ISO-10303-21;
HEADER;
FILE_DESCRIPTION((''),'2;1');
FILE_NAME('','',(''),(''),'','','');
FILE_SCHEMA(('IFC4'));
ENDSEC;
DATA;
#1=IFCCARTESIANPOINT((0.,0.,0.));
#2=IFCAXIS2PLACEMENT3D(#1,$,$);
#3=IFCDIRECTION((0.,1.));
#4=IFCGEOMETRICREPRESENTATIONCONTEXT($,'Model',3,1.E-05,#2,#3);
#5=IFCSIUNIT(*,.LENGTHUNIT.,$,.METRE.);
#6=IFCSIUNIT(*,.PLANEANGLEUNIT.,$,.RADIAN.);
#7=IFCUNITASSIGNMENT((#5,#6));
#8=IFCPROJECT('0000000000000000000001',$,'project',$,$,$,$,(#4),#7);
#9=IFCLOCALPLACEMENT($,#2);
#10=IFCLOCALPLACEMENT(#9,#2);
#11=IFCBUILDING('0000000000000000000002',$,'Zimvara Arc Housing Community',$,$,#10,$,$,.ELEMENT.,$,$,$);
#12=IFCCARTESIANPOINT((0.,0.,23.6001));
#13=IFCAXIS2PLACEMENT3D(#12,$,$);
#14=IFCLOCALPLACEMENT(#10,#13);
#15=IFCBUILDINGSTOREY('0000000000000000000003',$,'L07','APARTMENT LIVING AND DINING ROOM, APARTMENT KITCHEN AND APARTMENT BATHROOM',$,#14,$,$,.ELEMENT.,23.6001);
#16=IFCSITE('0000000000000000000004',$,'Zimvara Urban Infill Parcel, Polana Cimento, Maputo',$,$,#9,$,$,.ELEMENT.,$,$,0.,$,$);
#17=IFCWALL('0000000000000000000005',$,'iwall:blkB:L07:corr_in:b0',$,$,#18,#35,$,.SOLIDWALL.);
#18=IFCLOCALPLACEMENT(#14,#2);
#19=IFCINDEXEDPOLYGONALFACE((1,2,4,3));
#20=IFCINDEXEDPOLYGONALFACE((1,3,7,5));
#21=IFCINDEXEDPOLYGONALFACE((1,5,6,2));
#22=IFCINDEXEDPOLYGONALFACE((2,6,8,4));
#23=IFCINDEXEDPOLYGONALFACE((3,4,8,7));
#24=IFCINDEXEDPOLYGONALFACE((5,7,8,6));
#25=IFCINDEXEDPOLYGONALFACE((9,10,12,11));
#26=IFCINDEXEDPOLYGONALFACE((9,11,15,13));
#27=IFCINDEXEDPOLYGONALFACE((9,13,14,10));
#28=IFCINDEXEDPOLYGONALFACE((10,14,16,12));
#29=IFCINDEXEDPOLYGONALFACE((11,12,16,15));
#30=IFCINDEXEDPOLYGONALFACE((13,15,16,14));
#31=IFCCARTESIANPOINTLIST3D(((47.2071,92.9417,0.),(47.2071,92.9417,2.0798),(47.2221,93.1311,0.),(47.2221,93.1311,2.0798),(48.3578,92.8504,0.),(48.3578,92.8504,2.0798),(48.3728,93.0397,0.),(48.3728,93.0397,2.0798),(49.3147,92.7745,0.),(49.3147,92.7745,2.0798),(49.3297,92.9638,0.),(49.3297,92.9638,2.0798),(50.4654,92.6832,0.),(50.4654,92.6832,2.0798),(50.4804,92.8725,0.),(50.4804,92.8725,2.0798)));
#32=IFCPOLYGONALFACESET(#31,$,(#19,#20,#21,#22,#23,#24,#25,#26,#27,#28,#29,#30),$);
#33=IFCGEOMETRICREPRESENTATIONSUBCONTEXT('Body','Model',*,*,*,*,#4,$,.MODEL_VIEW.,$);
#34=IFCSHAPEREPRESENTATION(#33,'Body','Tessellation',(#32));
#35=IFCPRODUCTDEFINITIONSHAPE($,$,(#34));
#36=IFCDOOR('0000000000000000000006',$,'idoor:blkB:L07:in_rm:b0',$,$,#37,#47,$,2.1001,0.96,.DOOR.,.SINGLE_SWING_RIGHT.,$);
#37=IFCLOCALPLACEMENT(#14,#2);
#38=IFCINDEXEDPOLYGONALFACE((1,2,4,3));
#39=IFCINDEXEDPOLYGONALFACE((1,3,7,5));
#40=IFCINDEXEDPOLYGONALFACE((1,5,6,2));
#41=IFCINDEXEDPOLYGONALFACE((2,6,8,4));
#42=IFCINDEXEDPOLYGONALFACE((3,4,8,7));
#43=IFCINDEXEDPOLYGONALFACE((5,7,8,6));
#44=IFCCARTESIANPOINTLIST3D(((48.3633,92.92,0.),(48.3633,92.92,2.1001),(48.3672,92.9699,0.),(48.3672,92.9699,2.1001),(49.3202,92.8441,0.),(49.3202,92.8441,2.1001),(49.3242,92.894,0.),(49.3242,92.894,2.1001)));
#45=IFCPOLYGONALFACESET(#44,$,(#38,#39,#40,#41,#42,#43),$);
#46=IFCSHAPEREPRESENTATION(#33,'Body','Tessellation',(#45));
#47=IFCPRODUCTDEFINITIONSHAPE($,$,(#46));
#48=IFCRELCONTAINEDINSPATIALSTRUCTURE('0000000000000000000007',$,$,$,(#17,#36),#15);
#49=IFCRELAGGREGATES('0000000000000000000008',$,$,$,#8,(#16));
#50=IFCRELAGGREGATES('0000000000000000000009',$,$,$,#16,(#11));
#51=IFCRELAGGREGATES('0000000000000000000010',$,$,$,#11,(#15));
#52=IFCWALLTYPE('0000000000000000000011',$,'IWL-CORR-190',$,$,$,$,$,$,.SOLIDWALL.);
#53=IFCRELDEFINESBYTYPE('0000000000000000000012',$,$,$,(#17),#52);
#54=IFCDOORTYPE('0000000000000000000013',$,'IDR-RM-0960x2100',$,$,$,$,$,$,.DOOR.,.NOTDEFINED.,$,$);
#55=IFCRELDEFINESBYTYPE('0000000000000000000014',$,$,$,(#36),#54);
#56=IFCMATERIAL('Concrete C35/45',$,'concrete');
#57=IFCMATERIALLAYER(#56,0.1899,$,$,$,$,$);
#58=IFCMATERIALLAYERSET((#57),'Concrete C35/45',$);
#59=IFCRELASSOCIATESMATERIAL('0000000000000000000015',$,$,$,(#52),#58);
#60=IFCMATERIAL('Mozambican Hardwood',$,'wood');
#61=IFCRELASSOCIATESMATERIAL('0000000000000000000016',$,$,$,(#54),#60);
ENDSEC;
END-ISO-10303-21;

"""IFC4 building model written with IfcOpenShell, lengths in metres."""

from ifc_helpers import new_model, si_unit, direction, frame, frame_2d, origin, place, context, subcontext, project, spatial, rectangle, extrude, material, layer, layer_set, type_object, element, fill, save


model = new_model("IFC4")

# Units and contexts
model_context = context("Model", 3, precision=1e-05, world=origin(), true_north=direction((0.0, 1.0)))
body_context = subcontext(model_context, "Body", "Model", "MODEL_VIEW")
ifc_project = project(units=[si_unit("LENGTHUNIT", "METRE"), si_unit("PLANEANGLEUNIT", "RADIAN")], contexts=[model_context])

# Site, building, storey
site_placement = place(None, origin())
site = spatial("IfcSite", under=ifc_project, at=site_placement, Name="Zimvara Urban Infill Parcel, Polana Cimento, Maputo", CompositionType="ELEMENT", RefElevation=0.0)
building_placement = place(site_placement, origin())
building = spatial("IfcBuilding", under=site, at=building_placement, Name="Zimvara Arc Housing Community", CompositionType="ELEMENT")
storey_placement = place(building_placement, frame((0.0, 0.0, 23.6001)))
storey = spatial("IfcBuildingStorey", under=building, at=storey_placement, Name="L07", Description="APARTMENT LIVING AND DINING ROOM, APARTMENT KITCHEN AND APARTMENT BATHROOM", CompositionType="ELEMENT", Elevation=23.6001)

# Wall, opening, door
ifc_material_1 = material(Name="Concrete C35/45", Category="concrete")
ifc_layer_1 = layer(ifc_material_1, 0.1899)
ifc_layer_set_1 = layer_set([ifc_layer_1], Name="Concrete C35/45")
wall_type_1 = type_object("IfcWallType", Name="IWL-CORR-190", PredefinedType="SOLIDWALL", material=ifc_layer_set_1)
wall_1_placement = place(storey_placement, frame((47.2146, 93.0364, 0.0), z_axis=(0.0, 0.0, 1.0), x_axis=(0.996867, -0.079101, 0.0)))
wall_1 = element("IfcWall", 1, at=wall_1_placement, inside=storey, type_object=wall_type_1, Name="iwall:blkB:L07:corr_in:b0", PredefinedType="SOLIDWALL", context=body_context, shape_type="SweptSolid", body=[
    extrude(rectangle(XDim=3.2686, YDim=0.1899, at=frame_2d((1.6343, 0.0))), origin(), (0.0, 0.0, 1.0), 2.0798),
])
opening_1_placement = place(wall_1_placement, frame((1.1543, 0.0, 0.0)))
opening_1 = element("IfcOpeningElement", 2, at=opening_1_placement, cuts=wall_1, PredefinedType="OPENING", context=body_context, shape_type="SweptSolid", body=[
    extrude(rectangle(XDim=0.96, YDim=2.1001, at=frame_2d((0.48, 1.05))), frame((0.0, 0.105, 0.0), z_axis=(0.0, -1.0, 0.0), x_axis=(1.0, 0.0, 0.0)), (0.0, 0.0, 1.0), 0.21),
])
ifc_material_2 = material(Name="Mozambican Hardwood", Category="wood")
door_type = type_object("IfcDoorType", Name="IDR-RM-0960x2100", OperationType="NOTDEFINED", PredefinedType="DOOR", material=ifc_material_2)
door_placement = place(opening_1_placement, origin())
door = element("IfcDoor", 3, at=door_placement, inside=storey, type_object=door_type, Name="idoor:blkB:L07:in_rm:b0", OperationType="SINGLE_SWING_RIGHT", OverallHeight=2.1001, OverallWidth=0.96, PredefinedType="DOOR", context=body_context, shape_type="SweptSolid", body=[
    extrude(rectangle(XDim=0.96, YDim=2.1001, at=frame_2d((0.48, 1.05))), frame((0.0, 0.0249, 0.0), z_axis=(0.0, -1.0, 0.0), x_axis=(1.0, 0.0, 0.0)), (0.0, 0.0, 1.0), 0.05),
])
fill(opening_1, door)

save(model, "model.ifc")
